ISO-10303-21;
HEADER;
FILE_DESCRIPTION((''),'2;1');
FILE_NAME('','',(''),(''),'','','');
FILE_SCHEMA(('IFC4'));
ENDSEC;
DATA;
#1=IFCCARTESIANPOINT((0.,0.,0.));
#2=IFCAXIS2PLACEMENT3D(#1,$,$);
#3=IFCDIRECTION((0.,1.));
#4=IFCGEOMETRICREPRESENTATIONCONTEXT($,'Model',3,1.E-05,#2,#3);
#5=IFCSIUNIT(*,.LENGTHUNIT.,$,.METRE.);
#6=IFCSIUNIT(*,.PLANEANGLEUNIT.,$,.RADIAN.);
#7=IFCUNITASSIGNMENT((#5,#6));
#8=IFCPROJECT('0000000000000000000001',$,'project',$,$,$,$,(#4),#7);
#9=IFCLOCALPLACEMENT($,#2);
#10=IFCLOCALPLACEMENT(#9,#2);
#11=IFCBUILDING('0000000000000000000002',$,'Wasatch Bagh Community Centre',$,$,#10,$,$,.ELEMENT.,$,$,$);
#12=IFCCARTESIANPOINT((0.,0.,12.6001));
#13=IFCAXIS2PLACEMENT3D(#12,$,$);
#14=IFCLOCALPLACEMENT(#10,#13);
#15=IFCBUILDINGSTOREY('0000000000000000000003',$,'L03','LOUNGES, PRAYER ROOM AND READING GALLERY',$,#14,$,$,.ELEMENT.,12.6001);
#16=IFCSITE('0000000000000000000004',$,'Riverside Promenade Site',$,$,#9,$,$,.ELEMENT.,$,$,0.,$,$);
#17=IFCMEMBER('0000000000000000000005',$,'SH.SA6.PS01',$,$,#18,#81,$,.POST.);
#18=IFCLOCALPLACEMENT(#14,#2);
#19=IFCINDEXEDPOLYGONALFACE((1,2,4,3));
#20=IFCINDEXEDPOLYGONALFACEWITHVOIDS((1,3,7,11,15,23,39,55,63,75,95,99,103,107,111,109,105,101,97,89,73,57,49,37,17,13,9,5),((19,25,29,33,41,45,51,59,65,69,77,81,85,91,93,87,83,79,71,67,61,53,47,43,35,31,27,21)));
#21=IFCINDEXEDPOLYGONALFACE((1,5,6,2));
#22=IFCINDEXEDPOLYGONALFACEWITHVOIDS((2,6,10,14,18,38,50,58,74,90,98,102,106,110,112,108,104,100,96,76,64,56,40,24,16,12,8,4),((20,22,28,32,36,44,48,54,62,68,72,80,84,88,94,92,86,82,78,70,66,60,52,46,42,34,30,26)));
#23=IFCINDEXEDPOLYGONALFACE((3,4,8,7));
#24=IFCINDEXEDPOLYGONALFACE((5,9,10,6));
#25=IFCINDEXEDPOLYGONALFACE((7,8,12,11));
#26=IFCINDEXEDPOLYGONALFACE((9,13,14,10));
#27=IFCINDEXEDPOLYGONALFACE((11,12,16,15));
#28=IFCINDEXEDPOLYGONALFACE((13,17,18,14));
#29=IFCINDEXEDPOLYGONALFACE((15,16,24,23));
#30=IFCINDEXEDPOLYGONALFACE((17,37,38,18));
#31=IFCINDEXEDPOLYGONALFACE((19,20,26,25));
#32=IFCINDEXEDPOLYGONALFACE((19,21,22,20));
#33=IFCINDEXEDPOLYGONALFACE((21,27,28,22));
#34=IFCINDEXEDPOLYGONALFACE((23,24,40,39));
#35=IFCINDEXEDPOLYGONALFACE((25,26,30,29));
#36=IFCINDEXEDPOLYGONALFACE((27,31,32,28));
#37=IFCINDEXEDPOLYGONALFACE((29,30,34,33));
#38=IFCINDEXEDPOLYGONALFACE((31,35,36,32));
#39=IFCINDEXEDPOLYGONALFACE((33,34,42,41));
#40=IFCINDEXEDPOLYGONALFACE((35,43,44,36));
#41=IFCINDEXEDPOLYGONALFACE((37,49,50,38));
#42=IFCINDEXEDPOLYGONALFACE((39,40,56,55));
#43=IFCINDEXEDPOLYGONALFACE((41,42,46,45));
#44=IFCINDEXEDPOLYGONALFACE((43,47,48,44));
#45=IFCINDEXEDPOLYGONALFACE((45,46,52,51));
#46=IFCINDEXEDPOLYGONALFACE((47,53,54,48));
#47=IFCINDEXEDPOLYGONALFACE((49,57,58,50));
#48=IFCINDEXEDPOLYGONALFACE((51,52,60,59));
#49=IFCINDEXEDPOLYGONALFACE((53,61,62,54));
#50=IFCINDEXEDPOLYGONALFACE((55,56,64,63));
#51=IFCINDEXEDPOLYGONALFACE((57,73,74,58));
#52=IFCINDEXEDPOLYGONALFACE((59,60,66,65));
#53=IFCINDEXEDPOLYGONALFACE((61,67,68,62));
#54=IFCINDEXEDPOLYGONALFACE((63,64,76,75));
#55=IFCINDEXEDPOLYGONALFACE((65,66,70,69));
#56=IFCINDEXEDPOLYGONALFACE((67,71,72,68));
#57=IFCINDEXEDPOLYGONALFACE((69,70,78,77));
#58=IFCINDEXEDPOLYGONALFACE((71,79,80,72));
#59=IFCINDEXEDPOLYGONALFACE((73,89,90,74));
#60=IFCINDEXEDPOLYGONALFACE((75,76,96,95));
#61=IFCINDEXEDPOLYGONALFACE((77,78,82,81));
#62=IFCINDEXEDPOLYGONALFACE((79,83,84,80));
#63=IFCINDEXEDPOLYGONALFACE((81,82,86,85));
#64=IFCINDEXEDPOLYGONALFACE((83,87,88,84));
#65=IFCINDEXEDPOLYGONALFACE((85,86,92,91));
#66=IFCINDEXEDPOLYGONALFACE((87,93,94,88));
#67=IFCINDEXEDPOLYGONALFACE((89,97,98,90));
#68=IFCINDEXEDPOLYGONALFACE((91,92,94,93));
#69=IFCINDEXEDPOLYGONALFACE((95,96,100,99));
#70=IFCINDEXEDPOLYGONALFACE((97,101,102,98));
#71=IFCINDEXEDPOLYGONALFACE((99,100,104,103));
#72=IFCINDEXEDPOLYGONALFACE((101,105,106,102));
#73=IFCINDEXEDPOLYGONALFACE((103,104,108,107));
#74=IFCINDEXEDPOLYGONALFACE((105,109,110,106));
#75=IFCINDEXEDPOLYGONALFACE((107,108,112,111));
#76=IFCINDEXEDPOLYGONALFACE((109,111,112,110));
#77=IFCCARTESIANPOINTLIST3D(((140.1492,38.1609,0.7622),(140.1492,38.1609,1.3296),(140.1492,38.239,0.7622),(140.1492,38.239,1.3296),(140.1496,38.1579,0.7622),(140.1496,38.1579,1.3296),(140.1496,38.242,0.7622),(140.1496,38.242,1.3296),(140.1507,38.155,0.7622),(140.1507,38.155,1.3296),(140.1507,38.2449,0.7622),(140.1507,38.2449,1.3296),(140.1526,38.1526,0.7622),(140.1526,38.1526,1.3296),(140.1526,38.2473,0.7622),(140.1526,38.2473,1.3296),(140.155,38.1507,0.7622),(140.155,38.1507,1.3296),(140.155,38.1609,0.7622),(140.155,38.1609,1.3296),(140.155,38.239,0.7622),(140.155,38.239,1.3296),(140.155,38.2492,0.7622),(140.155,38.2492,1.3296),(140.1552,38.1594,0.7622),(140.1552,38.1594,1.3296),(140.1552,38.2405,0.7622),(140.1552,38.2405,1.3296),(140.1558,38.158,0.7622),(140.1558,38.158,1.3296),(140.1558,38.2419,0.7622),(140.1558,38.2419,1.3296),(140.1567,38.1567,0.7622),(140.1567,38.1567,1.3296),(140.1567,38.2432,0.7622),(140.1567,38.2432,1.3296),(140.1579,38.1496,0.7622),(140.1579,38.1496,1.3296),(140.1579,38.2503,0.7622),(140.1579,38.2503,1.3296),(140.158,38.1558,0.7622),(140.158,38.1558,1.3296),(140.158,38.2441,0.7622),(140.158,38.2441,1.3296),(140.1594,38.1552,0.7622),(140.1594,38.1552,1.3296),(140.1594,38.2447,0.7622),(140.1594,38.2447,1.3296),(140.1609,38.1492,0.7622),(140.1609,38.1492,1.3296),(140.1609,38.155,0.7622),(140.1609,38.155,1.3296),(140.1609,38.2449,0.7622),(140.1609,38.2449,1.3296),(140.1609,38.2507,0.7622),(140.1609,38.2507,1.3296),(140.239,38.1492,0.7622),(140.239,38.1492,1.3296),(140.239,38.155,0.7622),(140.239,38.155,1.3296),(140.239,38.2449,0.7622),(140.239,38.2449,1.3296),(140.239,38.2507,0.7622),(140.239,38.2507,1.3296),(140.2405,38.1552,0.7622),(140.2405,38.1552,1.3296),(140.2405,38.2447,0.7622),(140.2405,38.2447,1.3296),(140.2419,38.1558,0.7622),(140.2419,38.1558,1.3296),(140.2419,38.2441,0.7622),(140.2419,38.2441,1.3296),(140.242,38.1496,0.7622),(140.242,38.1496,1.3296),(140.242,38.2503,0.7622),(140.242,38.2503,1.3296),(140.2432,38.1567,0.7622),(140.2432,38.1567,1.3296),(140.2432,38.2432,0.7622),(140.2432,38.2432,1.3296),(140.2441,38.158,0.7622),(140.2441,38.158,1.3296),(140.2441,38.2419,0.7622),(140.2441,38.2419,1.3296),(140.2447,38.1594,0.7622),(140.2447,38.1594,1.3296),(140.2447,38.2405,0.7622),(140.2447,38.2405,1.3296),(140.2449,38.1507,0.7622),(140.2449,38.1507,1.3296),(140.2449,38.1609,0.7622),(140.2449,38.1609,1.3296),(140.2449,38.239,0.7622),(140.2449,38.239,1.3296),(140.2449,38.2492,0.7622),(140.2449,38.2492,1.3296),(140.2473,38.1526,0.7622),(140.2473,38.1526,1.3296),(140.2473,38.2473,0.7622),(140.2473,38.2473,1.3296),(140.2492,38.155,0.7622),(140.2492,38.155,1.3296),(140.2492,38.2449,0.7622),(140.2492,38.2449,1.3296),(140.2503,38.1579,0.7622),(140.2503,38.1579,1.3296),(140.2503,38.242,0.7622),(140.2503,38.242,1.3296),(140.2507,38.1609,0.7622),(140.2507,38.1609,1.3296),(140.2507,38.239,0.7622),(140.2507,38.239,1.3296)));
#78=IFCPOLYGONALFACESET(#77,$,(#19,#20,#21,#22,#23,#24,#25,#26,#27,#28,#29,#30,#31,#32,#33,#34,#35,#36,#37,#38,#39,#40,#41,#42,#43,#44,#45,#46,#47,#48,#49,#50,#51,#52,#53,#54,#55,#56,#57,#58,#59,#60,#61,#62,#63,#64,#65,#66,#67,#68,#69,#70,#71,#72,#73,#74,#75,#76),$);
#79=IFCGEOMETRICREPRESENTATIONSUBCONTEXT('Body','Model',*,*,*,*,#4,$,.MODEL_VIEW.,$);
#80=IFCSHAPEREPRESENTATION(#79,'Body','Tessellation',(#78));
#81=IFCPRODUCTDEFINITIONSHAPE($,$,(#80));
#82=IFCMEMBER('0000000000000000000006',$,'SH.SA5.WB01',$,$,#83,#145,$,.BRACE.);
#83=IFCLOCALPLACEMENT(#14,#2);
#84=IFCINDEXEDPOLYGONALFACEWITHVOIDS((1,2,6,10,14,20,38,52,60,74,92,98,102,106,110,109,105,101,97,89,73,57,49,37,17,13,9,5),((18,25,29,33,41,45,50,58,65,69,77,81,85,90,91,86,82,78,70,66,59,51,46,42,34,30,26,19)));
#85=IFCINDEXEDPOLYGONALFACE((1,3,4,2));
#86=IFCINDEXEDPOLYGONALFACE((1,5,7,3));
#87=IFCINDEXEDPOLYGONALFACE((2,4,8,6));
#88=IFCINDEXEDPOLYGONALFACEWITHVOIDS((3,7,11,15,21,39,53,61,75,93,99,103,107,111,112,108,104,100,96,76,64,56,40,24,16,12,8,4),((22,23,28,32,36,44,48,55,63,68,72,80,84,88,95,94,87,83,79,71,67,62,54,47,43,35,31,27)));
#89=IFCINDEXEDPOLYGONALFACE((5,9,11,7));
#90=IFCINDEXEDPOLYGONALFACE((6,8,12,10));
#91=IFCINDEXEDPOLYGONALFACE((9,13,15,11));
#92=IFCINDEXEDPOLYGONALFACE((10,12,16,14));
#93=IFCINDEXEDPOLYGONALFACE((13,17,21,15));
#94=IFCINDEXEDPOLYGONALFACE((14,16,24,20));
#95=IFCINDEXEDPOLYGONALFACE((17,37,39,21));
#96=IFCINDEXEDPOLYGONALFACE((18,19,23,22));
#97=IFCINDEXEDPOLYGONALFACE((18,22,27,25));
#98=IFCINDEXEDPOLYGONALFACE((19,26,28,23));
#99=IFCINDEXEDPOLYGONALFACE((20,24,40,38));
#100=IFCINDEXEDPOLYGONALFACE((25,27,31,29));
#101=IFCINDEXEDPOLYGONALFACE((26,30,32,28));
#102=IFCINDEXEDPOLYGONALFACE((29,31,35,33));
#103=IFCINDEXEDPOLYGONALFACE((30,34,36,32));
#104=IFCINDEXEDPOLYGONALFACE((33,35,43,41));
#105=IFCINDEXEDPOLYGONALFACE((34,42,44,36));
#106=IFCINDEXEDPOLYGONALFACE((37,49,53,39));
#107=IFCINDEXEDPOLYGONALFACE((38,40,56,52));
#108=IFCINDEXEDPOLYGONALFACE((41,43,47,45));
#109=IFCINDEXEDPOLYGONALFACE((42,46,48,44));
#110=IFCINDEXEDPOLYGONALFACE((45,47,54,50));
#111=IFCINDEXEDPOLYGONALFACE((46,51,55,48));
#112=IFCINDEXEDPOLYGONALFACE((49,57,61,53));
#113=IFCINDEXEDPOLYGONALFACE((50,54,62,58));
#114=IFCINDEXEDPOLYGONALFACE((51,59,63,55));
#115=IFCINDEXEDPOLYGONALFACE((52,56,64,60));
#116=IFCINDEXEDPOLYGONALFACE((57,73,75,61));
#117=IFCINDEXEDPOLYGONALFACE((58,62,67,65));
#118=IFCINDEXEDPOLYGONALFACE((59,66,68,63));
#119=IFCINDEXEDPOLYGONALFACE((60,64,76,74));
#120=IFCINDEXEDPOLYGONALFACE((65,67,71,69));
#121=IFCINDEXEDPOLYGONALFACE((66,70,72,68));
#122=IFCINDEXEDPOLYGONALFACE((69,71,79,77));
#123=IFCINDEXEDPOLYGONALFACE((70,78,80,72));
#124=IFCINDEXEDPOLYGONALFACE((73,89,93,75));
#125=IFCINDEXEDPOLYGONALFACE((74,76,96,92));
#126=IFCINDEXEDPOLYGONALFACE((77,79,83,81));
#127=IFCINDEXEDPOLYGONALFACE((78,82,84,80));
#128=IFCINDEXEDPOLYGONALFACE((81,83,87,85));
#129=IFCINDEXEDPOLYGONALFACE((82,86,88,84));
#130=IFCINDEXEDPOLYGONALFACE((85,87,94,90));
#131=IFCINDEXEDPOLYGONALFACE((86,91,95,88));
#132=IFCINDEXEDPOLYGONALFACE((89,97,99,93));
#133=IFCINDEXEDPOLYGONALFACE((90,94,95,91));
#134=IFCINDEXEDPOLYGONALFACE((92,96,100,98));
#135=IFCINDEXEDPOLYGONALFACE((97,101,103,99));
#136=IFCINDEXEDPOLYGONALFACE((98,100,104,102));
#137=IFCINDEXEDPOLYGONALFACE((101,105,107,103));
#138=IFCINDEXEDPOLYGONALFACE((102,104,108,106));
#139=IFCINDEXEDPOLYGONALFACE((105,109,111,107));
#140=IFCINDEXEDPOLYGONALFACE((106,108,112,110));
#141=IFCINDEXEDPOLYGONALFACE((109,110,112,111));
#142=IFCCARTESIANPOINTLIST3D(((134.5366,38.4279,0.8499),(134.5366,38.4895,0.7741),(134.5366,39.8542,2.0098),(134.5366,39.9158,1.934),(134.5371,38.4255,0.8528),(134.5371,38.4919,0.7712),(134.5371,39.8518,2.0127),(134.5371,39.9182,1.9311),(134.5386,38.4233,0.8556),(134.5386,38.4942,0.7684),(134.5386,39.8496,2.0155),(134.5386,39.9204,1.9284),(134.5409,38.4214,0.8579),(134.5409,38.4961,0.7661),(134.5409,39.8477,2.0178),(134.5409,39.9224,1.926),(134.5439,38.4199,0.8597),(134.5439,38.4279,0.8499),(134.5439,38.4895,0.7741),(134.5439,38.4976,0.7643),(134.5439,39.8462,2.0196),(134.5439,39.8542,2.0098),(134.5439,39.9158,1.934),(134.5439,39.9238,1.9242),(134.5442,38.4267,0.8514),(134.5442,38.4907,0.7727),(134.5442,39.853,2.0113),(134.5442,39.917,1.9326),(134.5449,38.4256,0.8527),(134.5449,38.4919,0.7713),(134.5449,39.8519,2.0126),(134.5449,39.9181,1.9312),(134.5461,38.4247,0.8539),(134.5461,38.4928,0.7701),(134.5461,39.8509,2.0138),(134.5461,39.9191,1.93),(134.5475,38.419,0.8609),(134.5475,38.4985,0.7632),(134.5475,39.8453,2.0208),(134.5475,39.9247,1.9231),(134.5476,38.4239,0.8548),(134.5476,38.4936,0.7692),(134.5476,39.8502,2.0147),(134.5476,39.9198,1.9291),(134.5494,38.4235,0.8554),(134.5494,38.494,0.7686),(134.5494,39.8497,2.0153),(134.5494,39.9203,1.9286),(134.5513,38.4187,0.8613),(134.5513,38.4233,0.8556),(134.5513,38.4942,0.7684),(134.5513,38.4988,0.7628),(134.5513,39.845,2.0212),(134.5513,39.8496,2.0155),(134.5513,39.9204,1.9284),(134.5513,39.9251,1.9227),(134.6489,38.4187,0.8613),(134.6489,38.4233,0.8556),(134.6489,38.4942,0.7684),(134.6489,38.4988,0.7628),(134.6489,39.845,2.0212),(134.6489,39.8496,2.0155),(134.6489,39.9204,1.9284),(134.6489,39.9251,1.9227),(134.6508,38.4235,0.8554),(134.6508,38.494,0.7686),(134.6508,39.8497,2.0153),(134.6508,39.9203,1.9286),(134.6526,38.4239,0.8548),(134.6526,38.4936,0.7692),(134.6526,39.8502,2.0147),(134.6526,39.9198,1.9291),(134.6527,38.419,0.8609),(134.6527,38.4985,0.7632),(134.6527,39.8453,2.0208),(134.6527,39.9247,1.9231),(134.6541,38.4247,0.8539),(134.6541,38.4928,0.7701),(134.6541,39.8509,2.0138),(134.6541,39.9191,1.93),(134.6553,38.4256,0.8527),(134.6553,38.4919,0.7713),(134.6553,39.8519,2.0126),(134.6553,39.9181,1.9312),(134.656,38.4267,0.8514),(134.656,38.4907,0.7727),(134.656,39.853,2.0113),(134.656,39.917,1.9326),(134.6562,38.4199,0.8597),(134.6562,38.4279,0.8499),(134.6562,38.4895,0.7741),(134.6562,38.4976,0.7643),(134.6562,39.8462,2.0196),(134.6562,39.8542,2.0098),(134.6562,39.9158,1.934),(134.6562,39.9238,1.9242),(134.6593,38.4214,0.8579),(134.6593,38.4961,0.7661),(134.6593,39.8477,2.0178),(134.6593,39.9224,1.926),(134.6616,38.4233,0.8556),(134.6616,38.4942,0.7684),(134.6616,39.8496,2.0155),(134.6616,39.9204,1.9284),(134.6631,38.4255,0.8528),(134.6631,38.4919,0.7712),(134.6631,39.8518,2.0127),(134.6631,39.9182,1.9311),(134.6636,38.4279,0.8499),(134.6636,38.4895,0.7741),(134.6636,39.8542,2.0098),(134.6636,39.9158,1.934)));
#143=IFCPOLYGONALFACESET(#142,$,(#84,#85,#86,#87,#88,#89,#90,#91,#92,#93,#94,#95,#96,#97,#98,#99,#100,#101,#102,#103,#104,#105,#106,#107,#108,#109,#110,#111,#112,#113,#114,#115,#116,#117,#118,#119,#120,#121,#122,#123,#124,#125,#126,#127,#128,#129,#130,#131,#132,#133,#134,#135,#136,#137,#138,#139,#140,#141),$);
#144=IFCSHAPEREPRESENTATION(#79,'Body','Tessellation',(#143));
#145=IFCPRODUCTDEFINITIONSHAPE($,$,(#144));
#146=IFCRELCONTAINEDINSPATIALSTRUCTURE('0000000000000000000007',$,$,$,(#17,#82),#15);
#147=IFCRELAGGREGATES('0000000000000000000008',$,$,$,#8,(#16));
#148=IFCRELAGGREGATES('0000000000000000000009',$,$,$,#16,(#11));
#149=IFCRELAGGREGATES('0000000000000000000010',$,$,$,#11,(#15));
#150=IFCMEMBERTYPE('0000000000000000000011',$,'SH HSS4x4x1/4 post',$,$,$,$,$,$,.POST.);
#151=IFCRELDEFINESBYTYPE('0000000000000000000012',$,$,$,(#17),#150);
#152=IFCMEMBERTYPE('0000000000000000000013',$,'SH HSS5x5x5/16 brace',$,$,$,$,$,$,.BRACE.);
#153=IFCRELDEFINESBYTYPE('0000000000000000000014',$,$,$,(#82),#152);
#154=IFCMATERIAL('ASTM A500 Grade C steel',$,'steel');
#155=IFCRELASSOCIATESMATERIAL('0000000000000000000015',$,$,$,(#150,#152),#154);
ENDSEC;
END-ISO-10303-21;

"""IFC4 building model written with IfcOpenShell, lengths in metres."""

from ifc_helpers import new_model, si_unit, direction, frame, origin, origin_2d, place, context, subcontext, project, spatial, hollow_rectangle, extrude, material, material_profile, profile_set, type_object, element, save


model = new_model("IFC4")

# Units and contexts
model_context = context("Model", 3, precision=1e-05, world=origin(), true_north=direction((0.0, 1.0)))
body_context = subcontext(model_context, "Body", "Model", "MODEL_VIEW")
ifc_project = project(units=[si_unit("LENGTHUNIT", "METRE"), si_unit("PLANEANGLEUNIT", "RADIAN")], contexts=[model_context])

# Site, building, storey
site_placement = place(None, origin())
site = spatial("IfcSite", under=ifc_project, at=site_placement, Name="Riverside Promenade Site", CompositionType="ELEMENT", RefElevation=0.0)
building_placement = place(site_placement, origin())
building = spatial("IfcBuilding", under=site, at=building_placement, Name="Wasatch Bagh Community Centre", CompositionType="ELEMENT")
storey_placement = place(building_placement, frame((0.0, 0.0, 12.6001)))
storey = spatial("IfcBuildingStorey", under=building, at=storey_placement, Name="L03", Description="LOUNGES, PRAYER ROOM AND READING GALLERY", CompositionType="ELEMENT", Elevation=12.6001)

# Members
ifc_material_1 = material(Name="ASTM A500 Grade C steel", Category="steel")
ifc_material_profile_1 = material_profile(ifc_material_1, hollow_rectangle(XDim=0.1016, YDim=0.1016, WallThickness=0.0059, InnerFilletRadius=0.0059, OuterFilletRadius=0.0117, at=origin_2d()), Name="HSS4x4x1/4")
ifc_profile_set_1 = profile_set([ifc_material_profile_1], Name="ASTM A500 Grade C steel")
member_type_1 = type_object("IfcMemberType", Name="SH HSS4x4x1/4 post", PredefinedType="POST", material=ifc_profile_set_1)
member_1_placement = place(storey_placement, frame((140.2, 38.2, 0.7622), z_axis=(0.0, 0.0, 1.0), x_axis=(1.0, 0.0, 0.0)))
element("IfcMember", 1, at=member_1_placement, inside=storey, type_object=member_type_1, Name="SH.SA6.PS01", PredefinedType="POST", context=body_context, shape_type="SweptSolid", body=[
    extrude(hollow_rectangle(XDim=0.1016, YDim=0.1016, WallThickness=0.0059, InnerFilletRadius=0.0059, OuterFilletRadius=0.0117, at=origin_2d()), origin(), (0.0, 0.0, 1.0), 0.5674),
])
ifc_material_profile_2 = material_profile(ifc_material_1, hollow_rectangle(XDim=0.127, YDim=0.127, WallThickness=0.0073, InnerFilletRadius=0.0073, OuterFilletRadius=0.0146, at=origin_2d()), Name="HSS5x5x5/16")
ifc_profile_set_2 = profile_set([ifc_material_profile_2], Name="ASTM A500 Grade C steel")
member_type_2 = type_object("IfcMemberType", Name="SH HSS5x5x5/16 brace", PredefinedType="BRACE", material=ifc_profile_set_2)
member_2_placement = place(storey_placement, frame((134.6001, 38.4587, 0.812), z_axis=(0.0, 0.77583, 0.630943), x_axis=(-1.0, 0.0, 0.0)))
element("IfcMember", 2, at=member_2_placement, inside=storey, type_object=member_type_2, Name="SH.SA5.WB01", PredefinedType="BRACE", context=body_context, shape_type="SweptSolid", body=[
    extrude(hollow_rectangle(XDim=0.127, YDim=0.127, WallThickness=0.0073, InnerFilletRadius=0.0073, OuterFilletRadius=0.0146, at=origin_2d()), origin(), (0.0, 0.0, 1.0), 1.8384),
])

save(model, "model.ifc")
